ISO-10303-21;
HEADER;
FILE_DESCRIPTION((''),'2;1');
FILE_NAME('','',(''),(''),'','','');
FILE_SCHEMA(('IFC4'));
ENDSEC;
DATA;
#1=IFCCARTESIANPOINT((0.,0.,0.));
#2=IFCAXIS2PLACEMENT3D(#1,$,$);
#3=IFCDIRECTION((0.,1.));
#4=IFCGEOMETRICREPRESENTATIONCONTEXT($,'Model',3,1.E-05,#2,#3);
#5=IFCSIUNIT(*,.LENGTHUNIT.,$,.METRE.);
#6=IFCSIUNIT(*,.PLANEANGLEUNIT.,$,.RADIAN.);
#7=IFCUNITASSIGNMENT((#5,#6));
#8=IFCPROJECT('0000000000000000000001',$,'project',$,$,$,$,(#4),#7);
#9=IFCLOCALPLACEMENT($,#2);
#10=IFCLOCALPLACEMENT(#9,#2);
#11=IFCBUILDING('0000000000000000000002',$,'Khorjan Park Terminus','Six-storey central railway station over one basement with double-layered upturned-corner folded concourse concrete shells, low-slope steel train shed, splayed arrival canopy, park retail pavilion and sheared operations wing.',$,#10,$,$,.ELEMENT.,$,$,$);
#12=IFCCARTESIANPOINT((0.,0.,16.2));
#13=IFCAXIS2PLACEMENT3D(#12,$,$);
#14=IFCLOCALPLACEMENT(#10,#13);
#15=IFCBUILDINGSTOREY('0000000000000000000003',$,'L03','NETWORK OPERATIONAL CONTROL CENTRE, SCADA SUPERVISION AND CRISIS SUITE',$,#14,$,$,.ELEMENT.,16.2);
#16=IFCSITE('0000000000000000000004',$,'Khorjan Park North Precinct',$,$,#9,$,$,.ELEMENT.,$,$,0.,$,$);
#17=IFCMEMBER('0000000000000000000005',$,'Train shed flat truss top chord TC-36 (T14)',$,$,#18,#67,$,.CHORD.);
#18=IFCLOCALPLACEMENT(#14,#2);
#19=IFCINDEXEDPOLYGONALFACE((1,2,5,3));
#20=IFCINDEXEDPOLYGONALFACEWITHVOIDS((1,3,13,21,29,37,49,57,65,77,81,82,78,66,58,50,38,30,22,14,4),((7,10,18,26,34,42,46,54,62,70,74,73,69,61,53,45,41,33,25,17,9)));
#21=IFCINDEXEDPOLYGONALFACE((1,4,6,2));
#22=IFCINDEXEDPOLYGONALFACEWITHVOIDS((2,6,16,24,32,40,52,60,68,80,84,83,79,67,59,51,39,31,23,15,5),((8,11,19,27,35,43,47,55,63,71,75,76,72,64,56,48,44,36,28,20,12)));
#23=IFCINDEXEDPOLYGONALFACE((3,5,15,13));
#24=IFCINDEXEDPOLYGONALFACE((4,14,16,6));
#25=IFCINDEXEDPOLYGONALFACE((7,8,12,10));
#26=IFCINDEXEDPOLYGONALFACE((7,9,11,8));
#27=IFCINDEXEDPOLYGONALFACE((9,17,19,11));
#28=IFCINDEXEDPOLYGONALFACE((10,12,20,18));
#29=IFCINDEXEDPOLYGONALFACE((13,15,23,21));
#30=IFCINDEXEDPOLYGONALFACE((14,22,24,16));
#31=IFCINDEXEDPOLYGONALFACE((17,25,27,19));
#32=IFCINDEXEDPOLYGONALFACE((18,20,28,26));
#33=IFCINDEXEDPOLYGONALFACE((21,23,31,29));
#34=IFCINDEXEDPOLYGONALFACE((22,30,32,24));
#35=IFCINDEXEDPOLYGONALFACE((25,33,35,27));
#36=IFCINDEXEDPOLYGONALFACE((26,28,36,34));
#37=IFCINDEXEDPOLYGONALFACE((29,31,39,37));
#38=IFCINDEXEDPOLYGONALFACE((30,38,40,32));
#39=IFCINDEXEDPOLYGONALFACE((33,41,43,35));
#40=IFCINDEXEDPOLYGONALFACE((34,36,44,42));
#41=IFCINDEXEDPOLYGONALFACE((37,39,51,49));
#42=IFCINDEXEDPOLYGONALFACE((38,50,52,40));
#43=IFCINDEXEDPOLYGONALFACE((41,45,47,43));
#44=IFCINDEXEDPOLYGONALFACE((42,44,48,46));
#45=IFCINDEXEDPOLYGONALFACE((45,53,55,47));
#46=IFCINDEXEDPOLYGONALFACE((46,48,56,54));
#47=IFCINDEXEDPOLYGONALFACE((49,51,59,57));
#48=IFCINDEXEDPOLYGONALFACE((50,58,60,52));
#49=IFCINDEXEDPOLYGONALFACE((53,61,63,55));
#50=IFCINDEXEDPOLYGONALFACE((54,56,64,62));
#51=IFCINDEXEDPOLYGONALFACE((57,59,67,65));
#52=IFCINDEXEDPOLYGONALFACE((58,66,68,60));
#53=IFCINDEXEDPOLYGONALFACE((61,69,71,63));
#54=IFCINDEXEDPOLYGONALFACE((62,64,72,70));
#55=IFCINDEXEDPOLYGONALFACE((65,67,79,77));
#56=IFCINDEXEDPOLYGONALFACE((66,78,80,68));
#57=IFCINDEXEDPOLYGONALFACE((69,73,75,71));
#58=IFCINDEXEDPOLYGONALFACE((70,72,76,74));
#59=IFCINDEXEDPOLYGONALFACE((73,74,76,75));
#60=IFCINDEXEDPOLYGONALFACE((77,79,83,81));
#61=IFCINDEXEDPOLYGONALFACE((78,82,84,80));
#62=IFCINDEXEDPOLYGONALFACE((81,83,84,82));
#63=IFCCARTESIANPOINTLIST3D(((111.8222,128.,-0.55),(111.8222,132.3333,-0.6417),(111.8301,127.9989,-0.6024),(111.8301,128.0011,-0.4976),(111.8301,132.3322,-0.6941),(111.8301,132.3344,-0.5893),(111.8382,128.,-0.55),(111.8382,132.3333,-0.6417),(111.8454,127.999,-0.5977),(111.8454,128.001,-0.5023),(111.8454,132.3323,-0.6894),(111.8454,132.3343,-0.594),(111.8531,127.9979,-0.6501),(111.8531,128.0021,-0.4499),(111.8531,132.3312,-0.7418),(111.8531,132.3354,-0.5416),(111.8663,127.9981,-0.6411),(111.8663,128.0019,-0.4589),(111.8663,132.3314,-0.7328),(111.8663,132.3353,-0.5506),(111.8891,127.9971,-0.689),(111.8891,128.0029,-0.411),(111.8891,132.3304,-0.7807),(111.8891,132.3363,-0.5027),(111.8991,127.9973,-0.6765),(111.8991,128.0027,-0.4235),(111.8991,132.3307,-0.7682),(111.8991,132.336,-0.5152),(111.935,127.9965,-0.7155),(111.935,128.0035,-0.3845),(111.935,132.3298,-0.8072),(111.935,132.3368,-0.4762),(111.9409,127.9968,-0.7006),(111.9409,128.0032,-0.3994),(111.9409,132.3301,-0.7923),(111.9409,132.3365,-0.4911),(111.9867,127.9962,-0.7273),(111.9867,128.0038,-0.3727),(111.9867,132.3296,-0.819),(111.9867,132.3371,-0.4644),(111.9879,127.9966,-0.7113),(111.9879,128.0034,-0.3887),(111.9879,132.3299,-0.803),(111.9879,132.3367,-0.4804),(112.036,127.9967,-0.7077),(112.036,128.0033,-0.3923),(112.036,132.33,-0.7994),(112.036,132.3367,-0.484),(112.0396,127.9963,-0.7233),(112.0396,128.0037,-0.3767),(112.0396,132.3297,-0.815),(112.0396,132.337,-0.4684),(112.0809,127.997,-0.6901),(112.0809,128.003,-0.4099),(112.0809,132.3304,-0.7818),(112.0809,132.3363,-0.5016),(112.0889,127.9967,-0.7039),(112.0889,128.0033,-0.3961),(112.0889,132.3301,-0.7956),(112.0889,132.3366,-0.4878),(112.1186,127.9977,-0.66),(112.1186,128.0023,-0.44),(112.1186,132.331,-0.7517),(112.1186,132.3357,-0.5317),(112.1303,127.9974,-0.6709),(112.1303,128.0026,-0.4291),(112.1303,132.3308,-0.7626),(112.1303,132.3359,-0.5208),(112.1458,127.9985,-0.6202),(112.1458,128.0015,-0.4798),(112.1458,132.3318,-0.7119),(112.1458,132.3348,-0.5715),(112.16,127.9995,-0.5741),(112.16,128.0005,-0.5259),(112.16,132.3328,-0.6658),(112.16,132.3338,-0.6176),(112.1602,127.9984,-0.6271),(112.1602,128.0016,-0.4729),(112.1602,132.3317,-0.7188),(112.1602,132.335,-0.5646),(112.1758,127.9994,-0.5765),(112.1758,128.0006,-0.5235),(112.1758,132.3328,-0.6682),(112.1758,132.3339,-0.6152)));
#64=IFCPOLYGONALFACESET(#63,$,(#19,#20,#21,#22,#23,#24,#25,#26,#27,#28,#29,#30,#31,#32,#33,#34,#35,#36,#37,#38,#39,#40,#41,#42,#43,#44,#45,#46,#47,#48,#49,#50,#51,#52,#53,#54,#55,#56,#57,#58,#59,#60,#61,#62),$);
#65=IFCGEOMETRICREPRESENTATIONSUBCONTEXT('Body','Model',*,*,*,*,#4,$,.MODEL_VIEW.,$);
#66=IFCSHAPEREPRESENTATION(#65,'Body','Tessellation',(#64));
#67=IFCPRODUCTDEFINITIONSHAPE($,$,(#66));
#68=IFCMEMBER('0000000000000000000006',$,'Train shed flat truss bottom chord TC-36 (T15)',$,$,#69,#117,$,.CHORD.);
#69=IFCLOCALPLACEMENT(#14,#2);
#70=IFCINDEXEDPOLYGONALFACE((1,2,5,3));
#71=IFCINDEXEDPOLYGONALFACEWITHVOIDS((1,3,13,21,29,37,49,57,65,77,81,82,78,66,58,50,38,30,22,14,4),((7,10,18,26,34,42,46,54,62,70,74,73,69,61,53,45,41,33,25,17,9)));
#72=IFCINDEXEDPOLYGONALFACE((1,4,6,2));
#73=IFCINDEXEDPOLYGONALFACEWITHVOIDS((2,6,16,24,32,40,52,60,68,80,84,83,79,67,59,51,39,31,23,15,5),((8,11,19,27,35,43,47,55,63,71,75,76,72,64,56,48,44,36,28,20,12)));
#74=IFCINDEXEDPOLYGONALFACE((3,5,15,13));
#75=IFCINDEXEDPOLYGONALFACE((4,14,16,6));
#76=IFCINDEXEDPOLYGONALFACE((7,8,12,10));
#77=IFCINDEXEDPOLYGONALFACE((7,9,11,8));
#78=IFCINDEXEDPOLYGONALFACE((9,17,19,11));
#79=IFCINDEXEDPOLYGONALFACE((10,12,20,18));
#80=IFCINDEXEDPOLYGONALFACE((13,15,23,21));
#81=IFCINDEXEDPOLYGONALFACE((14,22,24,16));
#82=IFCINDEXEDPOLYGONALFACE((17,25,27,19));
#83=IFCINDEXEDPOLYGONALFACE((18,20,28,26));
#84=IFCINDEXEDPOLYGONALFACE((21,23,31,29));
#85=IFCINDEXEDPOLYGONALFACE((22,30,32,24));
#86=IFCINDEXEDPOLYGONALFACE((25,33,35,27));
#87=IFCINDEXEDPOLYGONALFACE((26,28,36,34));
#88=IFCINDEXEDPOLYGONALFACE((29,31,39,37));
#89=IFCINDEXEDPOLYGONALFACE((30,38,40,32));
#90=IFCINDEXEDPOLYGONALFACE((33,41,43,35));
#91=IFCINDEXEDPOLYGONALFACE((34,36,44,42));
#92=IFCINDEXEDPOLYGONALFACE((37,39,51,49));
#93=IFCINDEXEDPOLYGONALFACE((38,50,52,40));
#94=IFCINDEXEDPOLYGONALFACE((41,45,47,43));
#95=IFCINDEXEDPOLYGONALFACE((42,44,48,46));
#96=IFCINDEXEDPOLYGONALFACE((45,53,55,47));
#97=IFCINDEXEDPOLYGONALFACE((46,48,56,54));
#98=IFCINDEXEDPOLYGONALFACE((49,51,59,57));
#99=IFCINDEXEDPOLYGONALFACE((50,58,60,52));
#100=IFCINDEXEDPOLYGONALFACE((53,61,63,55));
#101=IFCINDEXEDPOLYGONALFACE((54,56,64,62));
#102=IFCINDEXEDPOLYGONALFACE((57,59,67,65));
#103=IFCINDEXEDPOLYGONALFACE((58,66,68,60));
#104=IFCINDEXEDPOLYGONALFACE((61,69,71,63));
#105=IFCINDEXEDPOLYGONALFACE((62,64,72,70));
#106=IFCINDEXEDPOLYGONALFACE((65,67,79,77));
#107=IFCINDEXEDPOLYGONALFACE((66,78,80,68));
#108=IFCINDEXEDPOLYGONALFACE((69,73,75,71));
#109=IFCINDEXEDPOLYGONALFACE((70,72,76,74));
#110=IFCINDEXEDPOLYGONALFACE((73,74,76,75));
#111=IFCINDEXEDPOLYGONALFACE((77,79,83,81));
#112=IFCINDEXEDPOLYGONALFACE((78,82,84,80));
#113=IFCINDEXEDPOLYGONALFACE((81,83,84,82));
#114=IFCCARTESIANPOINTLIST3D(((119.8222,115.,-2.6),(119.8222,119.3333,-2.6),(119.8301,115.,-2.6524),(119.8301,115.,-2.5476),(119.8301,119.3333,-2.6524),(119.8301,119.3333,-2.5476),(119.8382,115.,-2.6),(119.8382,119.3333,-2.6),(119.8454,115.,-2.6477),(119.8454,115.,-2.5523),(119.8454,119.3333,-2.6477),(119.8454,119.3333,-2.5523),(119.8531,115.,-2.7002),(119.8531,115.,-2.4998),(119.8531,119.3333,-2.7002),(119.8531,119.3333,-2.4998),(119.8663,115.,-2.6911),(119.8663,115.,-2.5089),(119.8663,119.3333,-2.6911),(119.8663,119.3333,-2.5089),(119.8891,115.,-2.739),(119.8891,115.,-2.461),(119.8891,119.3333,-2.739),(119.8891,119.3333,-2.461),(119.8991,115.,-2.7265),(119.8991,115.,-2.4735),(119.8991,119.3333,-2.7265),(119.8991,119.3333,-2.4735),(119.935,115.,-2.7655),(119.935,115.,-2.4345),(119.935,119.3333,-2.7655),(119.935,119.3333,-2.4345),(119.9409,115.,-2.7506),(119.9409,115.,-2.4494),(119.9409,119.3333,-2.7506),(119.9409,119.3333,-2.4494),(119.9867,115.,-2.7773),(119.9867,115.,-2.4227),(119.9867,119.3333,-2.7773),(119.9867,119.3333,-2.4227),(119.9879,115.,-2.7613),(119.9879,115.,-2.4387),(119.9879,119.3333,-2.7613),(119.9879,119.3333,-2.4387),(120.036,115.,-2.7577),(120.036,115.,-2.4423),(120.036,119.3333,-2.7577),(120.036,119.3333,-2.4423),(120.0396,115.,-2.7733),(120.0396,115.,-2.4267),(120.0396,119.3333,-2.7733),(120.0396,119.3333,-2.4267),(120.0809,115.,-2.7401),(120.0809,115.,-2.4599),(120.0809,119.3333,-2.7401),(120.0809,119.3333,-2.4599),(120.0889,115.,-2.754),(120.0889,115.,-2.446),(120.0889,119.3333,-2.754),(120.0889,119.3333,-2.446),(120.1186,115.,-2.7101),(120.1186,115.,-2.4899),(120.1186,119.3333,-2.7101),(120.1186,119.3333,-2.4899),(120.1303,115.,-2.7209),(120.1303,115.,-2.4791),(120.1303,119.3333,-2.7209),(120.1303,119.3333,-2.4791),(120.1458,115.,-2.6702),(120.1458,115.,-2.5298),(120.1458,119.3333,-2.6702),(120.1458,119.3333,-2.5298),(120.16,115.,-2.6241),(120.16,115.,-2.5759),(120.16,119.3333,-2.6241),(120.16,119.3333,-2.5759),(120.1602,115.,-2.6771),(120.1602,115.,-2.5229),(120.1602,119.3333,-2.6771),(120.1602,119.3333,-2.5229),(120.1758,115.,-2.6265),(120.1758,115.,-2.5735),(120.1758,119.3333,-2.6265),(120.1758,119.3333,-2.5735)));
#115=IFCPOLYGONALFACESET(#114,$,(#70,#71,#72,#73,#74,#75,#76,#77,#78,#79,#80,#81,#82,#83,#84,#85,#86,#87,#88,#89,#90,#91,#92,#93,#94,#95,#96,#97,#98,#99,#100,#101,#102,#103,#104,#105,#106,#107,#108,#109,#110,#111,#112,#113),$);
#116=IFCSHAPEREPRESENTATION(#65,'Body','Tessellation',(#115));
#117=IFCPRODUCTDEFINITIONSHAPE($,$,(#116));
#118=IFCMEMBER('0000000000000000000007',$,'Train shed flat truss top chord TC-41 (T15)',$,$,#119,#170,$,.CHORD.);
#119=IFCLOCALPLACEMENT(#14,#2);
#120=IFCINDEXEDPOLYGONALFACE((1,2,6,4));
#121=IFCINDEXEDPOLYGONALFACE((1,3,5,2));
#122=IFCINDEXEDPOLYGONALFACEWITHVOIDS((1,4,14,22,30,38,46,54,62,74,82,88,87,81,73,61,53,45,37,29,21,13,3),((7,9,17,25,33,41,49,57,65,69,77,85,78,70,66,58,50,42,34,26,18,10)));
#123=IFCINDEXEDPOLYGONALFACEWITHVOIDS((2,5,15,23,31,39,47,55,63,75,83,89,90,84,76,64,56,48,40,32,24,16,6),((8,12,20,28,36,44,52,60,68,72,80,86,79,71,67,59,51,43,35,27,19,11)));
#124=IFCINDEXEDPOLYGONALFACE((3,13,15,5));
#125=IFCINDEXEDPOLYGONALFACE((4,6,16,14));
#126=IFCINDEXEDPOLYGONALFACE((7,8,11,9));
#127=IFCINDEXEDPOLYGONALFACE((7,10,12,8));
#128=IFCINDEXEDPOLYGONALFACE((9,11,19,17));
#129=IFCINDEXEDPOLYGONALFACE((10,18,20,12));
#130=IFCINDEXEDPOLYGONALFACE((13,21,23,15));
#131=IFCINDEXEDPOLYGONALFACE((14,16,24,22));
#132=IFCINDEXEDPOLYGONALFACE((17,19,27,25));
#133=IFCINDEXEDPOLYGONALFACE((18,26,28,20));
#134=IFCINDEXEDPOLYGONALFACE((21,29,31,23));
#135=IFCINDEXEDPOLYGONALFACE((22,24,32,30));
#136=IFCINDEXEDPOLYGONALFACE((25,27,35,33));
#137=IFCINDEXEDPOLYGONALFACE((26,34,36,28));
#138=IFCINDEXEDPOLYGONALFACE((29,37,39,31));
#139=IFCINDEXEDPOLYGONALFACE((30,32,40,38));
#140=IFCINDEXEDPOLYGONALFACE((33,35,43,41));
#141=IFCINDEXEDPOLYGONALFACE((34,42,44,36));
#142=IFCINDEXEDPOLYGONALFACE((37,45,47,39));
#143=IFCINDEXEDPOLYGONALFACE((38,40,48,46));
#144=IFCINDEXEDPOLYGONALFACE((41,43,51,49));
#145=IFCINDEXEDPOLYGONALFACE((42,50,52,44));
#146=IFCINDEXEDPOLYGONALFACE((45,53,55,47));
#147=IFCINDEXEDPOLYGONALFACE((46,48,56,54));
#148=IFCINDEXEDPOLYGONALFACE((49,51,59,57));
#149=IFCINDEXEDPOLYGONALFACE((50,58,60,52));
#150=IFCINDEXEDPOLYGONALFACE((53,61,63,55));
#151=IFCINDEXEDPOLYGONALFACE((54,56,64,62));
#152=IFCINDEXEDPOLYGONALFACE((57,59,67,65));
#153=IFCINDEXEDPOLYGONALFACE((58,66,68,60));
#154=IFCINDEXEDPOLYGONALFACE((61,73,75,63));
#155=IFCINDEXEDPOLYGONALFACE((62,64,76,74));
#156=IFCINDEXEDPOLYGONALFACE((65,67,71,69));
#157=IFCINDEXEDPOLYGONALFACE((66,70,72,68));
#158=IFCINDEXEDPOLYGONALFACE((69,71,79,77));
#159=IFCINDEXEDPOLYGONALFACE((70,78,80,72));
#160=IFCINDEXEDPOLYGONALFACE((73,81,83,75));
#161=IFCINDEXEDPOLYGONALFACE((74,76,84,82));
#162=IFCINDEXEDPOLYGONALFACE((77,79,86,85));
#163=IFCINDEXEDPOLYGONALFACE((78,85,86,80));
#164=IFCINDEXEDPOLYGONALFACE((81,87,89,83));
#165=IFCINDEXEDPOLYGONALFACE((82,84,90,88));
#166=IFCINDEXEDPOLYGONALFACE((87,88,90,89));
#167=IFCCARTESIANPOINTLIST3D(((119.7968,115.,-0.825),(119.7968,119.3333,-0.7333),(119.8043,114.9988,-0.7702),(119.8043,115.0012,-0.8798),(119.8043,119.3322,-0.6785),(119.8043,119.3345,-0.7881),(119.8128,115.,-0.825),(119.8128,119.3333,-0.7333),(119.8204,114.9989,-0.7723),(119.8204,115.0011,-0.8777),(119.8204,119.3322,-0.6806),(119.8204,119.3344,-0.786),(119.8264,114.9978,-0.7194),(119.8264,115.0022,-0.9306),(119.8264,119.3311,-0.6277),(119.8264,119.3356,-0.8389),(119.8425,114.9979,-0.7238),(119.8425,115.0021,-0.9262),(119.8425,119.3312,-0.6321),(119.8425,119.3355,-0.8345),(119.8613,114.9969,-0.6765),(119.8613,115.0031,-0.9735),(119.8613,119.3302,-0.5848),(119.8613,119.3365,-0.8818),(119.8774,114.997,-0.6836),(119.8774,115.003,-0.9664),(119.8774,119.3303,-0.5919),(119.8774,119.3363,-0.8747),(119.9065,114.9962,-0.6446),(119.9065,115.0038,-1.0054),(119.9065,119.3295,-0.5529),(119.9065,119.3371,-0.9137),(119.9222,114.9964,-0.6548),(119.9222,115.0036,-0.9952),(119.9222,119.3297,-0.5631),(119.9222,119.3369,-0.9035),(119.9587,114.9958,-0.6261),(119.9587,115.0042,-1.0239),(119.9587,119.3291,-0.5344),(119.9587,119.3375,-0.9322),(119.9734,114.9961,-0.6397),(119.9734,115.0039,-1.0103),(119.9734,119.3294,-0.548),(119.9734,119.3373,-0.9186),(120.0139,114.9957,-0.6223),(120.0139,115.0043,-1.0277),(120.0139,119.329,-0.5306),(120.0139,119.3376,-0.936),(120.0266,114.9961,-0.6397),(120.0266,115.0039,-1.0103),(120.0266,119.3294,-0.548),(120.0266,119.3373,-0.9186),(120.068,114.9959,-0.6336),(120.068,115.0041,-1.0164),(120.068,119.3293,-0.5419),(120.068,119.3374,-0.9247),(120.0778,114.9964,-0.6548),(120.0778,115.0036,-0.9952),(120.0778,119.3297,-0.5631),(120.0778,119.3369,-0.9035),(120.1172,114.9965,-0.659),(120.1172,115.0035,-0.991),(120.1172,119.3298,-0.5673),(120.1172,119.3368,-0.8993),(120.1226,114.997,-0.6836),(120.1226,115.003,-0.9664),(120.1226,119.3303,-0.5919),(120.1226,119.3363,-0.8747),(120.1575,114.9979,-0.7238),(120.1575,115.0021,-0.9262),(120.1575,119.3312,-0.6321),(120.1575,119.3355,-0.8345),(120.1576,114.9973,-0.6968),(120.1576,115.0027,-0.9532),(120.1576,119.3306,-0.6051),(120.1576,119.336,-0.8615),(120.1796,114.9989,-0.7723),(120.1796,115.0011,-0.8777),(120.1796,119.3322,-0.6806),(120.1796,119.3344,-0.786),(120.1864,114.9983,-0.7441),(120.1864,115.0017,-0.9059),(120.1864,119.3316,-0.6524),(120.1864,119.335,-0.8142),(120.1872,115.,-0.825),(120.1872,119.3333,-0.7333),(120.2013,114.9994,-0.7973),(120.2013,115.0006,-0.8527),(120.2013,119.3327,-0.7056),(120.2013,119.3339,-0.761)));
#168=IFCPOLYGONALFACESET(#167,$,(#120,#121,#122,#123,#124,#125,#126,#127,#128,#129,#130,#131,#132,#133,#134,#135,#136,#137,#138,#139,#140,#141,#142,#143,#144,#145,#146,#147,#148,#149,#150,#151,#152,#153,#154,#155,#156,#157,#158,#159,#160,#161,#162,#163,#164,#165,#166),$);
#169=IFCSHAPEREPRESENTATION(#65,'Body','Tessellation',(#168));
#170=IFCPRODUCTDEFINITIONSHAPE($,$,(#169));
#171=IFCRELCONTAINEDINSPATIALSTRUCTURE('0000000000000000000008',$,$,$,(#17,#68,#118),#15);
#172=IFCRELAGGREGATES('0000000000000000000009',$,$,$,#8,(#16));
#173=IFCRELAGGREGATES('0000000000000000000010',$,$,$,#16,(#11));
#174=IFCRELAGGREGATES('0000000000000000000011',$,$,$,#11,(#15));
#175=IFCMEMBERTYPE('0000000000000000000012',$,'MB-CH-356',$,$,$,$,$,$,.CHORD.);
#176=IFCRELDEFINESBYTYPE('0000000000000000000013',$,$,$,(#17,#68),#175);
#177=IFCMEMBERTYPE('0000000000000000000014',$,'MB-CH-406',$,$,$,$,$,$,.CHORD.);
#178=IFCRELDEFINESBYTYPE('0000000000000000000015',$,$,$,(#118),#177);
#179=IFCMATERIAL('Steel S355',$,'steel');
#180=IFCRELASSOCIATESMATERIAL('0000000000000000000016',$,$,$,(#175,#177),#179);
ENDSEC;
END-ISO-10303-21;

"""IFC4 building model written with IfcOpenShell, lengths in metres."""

from ifc_helpers import new_model, si_unit, direction, frame, origin, origin_2d, place, context, subcontext, project, spatial, hollow_circle, extrude, material, material_profile, profile_set, type_object, element, save


model = new_model("IFC4")

# Units and contexts
model_context = context("Model", 3, precision=1e-05, world=origin(), true_north=direction((0.0, 1.0)))
body_context = subcontext(model_context, "Body", "Model", "MODEL_VIEW")
ifc_project = project(units=[si_unit("LENGTHUNIT", "METRE"), si_unit("PLANEANGLEUNIT", "RADIAN")], contexts=[model_context])

# Site, building, storey
site_placement = place(None, origin())
site = spatial("IfcSite", under=ifc_project, at=site_placement, Name="Khorjan Park North Precinct", CompositionType="ELEMENT", RefElevation=0.0)
building_placement = place(site_placement, origin())
building = spatial("IfcBuilding", under=site, at=building_placement, Name="Khorjan Park Terminus", Description="Six-storey central railway station over one basement with double-layered upturned-corner folded concourse concrete shells, low-slope steel train shed, splayed arrival canopy, park retail pavilion and sheared operations wing.", CompositionType="ELEMENT")
storey_placement = place(building_placement, frame((0.0, 0.0, 16.2)))
storey = spatial("IfcBuildingStorey", under=building, at=storey_placement, Name="L03", Description="NETWORK OPERATIONAL CONTROL CENTRE, SCADA SUPERVISION AND CRISIS SUITE", CompositionType="ELEMENT", Elevation=16.2)

# Members
ifc_material = material(Name="Steel S355", Category="steel")
ifc_material_profile_1 = material_profile(ifc_material, hollow_circle(Radius=0.1778, WallThickness=0.016, at=origin_2d()), Name="CHS 355.6x16")
ifc_profile_set_1 = profile_set([ifc_material_profile_1], Name="Steel S355")
member_type_1 = type_object("IfcMemberType", Name="MB-CH-356", PredefinedType="CHORD", material=ifc_profile_set_1)
for number, where, z_axis, x_axis, name in (
    (1, (112.0, 128.0, -0.55), (0.0, 0.999776, -0.021157), (-1.0, 0.0, 0.0), "Train shed flat truss top chord TC-36 (T14)"),
):
    element("IfcMember", number, at=place(storey_placement, frame(where, z_axis=z_axis, x_axis=x_axis)), inside=storey, type_object=member_type_1, Name=name, PredefinedType="CHORD", context=body_context, shape_type="SweptSolid", body=[
        extrude(hollow_circle(Radius=0.1778, WallThickness=0.016, at=origin_2d()), origin(), (0.0, 0.0, 1.0), 4.3343),
    ])
member_1_placement = place(storey_placement, frame((120.0, 115.0, -2.6), z_axis=(0.0, 1.0, 0.0), x_axis=(-1.0, 0.0, 0.0)))
element("IfcMember", 2, at=member_1_placement, inside=storey, type_object=member_type_1, Name="Train shed flat truss bottom chord TC-36 (T15)", PredefinedType="CHORD", context=body_context, shape_type="SweptSolid", body=[
    extrude(hollow_circle(Radius=0.1778, WallThickness=0.016, at=origin_2d()), origin(), (0.0, 0.0, 1.0), 4.3333),
])
ifc_material_profile_2 = material_profile(ifc_material, hollow_circle(Radius=0.2032, WallThickness=0.016, at=origin_2d()), Name="CHS 406.4x16")
ifc_profile_set_2 = profile_set([ifc_material_profile_2], Name="Steel S355")
member_type_2 = type_object("IfcMemberType", Name="MB-CH-406", PredefinedType="CHORD", material=ifc_profile_set_2)
member_2_placement = place(storey_placement, frame((120.0, 115.0, -0.825), z_axis=(0.0, 0.999776, 0.021157), x_axis=(-1.0, 0.0, 0.0)))
element("IfcMember", 3, at=member_2_placement, inside=storey, type_object=member_type_2, Name="Train shed flat truss top chord TC-41 (T15)", PredefinedType="CHORD", context=body_context, shape_type="SweptSolid", body=[
    extrude(hollow_circle(Radius=0.2032, WallThickness=0.016, at=origin_2d()), origin(), (0.0, 0.0, 1.0), 4.3343),
])

save(model, "model.ifc")
